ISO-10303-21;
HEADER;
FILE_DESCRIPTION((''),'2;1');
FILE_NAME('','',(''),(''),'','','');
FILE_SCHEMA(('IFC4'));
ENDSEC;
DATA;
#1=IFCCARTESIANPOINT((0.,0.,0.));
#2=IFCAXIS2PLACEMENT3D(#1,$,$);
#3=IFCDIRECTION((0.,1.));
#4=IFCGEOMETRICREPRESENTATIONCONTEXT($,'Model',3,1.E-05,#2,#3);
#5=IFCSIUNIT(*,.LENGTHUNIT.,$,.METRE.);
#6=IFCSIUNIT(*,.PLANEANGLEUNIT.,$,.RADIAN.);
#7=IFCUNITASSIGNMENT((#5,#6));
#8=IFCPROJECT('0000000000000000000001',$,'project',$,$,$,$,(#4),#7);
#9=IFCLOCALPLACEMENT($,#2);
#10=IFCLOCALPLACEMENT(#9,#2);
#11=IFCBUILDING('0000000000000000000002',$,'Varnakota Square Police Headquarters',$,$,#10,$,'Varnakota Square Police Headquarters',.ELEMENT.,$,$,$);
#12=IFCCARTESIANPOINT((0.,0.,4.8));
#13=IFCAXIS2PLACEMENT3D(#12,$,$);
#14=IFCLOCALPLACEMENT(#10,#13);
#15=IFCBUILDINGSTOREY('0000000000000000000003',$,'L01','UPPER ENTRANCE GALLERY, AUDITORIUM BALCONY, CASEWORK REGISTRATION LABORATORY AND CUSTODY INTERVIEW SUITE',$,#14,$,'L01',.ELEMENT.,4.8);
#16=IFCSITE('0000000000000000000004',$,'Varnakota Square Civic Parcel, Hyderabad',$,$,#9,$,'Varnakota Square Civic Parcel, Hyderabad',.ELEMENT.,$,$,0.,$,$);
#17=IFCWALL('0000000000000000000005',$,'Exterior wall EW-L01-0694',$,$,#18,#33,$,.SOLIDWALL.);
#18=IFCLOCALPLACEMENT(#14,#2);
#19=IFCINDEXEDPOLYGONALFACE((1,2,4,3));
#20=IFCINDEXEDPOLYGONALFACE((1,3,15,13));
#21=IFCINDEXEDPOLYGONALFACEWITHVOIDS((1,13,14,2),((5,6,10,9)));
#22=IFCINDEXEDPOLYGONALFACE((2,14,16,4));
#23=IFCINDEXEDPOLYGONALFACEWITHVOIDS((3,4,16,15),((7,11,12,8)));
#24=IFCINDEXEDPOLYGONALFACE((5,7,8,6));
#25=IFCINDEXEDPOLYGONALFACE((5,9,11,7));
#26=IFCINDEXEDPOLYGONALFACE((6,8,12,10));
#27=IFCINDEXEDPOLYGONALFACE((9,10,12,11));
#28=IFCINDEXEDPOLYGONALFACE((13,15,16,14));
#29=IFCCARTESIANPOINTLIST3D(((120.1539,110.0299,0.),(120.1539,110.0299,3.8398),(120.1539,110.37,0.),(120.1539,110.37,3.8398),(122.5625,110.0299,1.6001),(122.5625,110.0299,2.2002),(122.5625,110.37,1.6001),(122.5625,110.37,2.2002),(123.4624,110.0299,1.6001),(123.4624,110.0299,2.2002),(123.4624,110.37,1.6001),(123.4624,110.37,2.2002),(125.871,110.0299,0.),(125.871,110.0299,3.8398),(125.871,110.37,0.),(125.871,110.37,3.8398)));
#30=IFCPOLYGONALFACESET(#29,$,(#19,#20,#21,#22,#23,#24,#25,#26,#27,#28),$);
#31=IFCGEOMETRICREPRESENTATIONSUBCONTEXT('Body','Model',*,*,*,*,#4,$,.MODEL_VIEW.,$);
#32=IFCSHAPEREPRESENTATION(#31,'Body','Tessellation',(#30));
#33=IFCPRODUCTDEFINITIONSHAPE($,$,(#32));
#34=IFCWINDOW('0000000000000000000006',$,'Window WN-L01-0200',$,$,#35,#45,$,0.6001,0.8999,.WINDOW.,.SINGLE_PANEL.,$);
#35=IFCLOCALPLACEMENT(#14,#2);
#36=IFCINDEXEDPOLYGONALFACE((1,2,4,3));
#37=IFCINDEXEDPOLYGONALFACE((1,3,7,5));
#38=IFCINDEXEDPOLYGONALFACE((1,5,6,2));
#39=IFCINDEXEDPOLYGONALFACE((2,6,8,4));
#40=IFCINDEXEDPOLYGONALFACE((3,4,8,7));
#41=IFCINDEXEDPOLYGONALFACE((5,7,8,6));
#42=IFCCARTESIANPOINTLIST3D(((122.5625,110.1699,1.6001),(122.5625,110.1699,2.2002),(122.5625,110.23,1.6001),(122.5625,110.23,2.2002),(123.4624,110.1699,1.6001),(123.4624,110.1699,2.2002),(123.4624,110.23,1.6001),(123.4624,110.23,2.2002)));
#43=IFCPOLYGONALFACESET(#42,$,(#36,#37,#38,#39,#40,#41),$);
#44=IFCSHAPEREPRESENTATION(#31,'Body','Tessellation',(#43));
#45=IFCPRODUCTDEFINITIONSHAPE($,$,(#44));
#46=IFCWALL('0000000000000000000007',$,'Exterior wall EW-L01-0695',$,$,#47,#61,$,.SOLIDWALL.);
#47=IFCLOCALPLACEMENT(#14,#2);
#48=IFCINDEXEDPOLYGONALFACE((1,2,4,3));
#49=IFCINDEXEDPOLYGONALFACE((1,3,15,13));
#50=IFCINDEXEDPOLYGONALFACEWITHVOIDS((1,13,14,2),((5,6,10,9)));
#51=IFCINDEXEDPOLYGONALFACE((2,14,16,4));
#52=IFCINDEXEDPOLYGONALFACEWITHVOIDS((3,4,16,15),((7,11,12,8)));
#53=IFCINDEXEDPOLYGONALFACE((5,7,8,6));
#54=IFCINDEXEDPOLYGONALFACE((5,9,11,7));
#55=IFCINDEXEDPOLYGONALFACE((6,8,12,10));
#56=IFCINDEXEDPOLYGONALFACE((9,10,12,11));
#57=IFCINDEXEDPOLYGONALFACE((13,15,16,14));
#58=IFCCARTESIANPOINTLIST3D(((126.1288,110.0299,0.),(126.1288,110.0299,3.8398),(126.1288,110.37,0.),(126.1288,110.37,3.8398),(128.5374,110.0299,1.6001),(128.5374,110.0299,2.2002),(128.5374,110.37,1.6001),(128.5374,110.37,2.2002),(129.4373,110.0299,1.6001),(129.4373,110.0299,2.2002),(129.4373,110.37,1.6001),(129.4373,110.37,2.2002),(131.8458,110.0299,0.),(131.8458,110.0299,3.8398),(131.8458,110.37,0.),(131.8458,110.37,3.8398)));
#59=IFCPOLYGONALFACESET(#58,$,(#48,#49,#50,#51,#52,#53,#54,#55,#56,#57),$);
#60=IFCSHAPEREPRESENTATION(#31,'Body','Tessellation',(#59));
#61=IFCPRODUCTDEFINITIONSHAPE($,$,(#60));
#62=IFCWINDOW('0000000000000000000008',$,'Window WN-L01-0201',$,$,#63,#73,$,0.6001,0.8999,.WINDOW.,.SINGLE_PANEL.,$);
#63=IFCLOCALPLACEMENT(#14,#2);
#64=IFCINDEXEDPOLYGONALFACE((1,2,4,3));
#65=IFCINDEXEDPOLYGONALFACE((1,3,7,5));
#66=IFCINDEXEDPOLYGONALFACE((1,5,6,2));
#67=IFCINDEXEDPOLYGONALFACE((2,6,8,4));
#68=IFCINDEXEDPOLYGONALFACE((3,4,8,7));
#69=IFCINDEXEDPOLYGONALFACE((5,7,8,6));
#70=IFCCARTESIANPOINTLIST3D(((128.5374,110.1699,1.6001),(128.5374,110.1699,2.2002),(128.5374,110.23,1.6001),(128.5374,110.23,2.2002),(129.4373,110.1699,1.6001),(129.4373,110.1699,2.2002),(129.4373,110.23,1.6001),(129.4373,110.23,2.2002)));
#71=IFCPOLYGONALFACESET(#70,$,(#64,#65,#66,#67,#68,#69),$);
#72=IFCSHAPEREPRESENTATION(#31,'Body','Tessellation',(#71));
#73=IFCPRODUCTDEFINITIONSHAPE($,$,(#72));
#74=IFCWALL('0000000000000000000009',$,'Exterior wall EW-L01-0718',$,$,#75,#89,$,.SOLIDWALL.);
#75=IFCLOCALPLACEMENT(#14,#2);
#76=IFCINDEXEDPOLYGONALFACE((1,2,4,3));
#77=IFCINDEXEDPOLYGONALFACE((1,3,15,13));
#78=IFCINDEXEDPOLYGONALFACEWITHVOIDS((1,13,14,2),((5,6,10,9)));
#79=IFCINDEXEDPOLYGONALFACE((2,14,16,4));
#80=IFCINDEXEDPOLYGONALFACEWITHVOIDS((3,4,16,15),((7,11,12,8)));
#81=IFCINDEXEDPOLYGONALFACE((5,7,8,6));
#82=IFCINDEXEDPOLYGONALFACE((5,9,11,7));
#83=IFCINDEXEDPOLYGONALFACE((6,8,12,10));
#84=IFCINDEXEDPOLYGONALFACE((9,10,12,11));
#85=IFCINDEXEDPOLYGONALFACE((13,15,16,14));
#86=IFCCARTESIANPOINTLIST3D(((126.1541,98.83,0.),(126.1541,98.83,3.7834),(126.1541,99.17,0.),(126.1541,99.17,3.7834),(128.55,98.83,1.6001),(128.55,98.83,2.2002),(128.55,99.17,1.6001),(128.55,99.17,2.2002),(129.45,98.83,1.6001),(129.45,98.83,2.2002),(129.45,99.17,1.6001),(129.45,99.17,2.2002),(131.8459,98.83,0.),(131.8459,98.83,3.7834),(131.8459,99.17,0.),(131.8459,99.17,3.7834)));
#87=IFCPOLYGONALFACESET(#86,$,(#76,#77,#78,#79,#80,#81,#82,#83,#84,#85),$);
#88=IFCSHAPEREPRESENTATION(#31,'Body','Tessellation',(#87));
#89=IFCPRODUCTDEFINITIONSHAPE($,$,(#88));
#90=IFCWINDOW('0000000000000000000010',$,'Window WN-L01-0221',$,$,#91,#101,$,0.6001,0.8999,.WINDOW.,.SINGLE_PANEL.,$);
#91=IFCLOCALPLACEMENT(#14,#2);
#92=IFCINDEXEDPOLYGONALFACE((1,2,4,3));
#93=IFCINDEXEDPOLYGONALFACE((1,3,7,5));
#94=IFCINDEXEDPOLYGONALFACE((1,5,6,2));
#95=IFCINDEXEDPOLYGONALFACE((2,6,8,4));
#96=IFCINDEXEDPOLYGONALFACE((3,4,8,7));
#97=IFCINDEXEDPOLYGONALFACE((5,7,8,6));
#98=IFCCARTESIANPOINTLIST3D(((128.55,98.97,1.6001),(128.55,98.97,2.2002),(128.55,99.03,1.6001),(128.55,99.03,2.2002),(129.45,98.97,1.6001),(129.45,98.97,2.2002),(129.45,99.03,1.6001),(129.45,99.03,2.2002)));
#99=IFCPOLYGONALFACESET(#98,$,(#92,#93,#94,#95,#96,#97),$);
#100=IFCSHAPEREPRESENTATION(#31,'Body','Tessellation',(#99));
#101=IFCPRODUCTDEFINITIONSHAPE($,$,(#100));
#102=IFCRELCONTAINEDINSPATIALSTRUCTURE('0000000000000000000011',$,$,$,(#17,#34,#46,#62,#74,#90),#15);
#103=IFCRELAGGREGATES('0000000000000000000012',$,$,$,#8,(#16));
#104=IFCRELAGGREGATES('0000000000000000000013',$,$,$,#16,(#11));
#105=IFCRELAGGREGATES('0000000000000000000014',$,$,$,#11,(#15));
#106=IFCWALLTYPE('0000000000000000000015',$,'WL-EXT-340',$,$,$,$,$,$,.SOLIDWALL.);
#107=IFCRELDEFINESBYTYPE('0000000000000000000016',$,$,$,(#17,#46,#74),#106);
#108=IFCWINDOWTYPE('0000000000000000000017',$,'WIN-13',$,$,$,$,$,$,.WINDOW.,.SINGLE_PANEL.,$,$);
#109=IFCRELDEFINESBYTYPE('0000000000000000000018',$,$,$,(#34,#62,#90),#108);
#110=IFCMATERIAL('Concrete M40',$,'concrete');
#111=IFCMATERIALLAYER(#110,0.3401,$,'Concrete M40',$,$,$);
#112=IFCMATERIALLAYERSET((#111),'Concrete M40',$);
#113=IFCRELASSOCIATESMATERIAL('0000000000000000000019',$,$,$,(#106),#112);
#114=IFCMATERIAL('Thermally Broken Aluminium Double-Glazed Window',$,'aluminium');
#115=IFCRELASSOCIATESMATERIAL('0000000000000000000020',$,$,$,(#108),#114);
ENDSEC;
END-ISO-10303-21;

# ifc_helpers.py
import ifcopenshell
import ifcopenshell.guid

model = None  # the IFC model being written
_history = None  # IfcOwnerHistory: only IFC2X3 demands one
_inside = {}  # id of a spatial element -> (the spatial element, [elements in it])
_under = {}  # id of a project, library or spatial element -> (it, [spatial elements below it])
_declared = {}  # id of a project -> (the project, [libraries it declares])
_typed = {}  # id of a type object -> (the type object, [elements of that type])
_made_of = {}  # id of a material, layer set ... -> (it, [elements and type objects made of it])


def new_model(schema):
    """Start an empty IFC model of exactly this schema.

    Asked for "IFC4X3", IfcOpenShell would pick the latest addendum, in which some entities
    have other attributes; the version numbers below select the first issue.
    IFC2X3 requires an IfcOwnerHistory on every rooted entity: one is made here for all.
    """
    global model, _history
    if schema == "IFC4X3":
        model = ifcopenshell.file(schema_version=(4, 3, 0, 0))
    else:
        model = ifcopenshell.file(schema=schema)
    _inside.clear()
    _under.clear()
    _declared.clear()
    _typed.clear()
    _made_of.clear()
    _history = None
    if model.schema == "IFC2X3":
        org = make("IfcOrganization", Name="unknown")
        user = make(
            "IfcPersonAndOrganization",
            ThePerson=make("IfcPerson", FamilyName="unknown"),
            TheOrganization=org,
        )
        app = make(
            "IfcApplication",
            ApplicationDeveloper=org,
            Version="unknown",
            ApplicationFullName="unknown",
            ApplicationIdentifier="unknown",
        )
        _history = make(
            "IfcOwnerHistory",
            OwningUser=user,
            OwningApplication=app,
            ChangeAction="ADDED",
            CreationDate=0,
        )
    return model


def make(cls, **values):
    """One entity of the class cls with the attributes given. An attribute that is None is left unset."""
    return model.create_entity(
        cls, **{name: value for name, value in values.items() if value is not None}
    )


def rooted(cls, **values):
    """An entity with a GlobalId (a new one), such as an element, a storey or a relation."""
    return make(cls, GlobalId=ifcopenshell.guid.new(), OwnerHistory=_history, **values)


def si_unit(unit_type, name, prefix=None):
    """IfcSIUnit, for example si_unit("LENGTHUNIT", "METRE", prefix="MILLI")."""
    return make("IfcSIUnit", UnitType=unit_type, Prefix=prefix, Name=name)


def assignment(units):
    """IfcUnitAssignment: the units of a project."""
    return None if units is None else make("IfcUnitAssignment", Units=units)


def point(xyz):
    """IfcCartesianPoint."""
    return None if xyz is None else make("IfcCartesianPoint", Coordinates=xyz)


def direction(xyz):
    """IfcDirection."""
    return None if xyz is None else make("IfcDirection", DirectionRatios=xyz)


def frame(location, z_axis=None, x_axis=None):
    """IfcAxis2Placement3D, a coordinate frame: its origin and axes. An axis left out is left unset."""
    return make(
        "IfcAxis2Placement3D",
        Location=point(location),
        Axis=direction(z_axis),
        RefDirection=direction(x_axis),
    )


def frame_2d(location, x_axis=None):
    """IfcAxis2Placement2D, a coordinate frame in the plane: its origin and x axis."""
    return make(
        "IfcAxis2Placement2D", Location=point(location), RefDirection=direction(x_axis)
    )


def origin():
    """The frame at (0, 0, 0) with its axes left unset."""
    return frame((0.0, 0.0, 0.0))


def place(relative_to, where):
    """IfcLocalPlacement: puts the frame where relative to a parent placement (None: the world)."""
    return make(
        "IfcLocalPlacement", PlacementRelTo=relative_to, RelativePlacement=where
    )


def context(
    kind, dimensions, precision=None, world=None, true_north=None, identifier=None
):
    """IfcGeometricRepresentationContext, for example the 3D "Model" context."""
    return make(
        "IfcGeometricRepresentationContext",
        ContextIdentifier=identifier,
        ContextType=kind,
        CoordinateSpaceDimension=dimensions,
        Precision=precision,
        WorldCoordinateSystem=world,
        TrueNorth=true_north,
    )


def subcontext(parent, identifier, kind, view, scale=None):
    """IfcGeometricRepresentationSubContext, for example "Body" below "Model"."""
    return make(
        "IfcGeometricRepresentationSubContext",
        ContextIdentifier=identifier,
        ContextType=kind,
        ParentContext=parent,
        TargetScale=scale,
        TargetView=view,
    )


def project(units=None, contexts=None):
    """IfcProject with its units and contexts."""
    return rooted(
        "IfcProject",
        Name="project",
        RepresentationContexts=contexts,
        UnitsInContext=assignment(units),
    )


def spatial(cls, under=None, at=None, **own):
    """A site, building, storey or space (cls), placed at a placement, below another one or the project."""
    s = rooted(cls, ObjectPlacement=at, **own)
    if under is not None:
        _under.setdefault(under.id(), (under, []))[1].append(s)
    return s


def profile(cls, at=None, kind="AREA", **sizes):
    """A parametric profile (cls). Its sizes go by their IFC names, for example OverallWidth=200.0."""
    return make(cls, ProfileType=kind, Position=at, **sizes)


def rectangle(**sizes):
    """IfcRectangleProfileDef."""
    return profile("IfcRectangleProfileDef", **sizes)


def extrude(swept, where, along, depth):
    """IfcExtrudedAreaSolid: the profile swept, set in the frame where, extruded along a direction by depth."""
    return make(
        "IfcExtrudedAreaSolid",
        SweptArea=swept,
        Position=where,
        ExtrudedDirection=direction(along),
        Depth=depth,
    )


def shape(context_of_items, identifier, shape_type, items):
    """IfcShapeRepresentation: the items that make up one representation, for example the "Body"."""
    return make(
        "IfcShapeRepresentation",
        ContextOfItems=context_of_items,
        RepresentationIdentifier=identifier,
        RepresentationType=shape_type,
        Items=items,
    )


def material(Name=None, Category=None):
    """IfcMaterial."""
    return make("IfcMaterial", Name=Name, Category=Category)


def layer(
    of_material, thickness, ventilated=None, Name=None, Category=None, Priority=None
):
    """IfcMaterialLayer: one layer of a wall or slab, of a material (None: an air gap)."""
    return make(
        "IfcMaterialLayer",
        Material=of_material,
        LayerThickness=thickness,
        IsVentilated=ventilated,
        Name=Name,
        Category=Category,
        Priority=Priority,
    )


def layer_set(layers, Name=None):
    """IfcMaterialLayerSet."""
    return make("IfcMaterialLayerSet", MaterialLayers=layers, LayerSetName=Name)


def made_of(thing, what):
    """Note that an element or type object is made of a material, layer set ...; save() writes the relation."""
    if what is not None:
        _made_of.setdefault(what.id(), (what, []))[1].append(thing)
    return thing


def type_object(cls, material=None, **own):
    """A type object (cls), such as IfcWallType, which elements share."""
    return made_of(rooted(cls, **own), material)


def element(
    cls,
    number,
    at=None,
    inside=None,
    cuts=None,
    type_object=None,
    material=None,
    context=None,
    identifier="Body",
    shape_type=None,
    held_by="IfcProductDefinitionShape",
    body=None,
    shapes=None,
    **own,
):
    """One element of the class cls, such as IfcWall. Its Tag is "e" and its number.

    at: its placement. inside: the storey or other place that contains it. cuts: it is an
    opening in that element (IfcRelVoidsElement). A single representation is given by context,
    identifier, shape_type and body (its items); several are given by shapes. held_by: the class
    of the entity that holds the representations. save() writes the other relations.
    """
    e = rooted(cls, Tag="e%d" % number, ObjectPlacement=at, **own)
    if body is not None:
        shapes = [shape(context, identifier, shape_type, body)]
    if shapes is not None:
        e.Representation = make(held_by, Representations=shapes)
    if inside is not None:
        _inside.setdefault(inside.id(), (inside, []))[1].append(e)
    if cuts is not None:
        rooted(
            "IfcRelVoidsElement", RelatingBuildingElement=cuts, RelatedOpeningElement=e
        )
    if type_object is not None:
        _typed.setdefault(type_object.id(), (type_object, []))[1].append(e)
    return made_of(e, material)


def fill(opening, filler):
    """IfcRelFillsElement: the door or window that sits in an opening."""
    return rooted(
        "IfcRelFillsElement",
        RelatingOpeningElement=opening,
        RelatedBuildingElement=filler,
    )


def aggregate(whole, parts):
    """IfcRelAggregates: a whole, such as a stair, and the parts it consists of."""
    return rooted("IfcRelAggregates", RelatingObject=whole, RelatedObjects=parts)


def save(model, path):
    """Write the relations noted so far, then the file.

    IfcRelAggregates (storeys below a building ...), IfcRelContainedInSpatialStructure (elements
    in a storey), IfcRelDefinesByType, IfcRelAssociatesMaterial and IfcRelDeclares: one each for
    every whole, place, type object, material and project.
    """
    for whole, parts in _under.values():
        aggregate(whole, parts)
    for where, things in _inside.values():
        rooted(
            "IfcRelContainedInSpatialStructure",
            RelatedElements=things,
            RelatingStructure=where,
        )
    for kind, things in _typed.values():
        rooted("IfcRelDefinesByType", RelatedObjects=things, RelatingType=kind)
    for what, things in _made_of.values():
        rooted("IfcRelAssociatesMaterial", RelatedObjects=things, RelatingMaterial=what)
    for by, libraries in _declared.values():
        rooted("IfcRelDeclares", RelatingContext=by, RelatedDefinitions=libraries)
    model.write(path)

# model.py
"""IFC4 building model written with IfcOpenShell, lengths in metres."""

from ifc_helpers import new_model, si_unit, direction, frame, frame_2d, origin, place, context, subcontext, project, spatial, rectangle, extrude, material, layer, layer_set, type_object, element, fill, save


model = new_model("IFC4")

# Units and contexts
model_context = context("Model", 3, precision=1e-05, world=origin(), true_north=direction((0.0, 1.0)))
body_context = subcontext(model_context, "Body", "Model", "MODEL_VIEW")
ifc_project = project(units=[si_unit("LENGTHUNIT", "METRE"), si_unit("PLANEANGLEUNIT", "RADIAN")], contexts=[model_context])

# Site, building, storey
site_placement = place(None, origin())
site = spatial("IfcSite", under=ifc_project, at=site_placement, Name="Varnakota Square Civic Parcel, Hyderabad", LongName="Varnakota Square Civic Parcel, Hyderabad", CompositionType="ELEMENT", RefElevation=0.0)
building_placement = place(site_placement, origin())
building = spatial("IfcBuilding", under=site, at=building_placement, Name="Varnakota Square Police Headquarters", LongName="Varnakota Square Police Headquarters", CompositionType="ELEMENT")
storey_placement = place(building_placement, frame((0.0, 0.0, 4.8)))
storey = spatial("IfcBuildingStorey", under=building, at=storey_placement, Name="L01", Description="UPPER ENTRANCE GALLERY, AUDITORIUM BALCONY, CASEWORK REGISTRATION LABORATORY AND CUSTODY INTERVIEW SUITE", LongName="L01", CompositionType="ELEMENT", Elevation=4.8)

# Walls, openings, windows
ifc_material_1 = material(Name="Concrete M40", Category="concrete")
ifc_layer = layer(ifc_material_1, 0.3401, Name="Concrete M40")
ifc_layer_set = layer_set([ifc_layer], Name="Concrete M40")
wall_type = type_object("IfcWallType", Name="WL-EXT-340", PredefinedType="SOLIDWALL", material=ifc_layer_set)
ifc_material_2 = material(Name="Thermally Broken Aluminium Double-Glazed Window", Category="aluminium")
window_type = type_object("IfcWindowType", Name="WIN-13", PartitioningType="SINGLE_PANEL", PredefinedType="WINDOW", material=ifc_material_2)
wall_1_placement = place(storey_placement, frame((120.1541, 110.2, 0.0), z_axis=(0.0, 0.0, 1.0), x_axis=(1.0, 0.0, 0.0)))
wall_1 = element("IfcWall", 1, at=wall_1_placement, inside=storey, type_object=wall_type, Name="Exterior wall EW-L01-0694", PredefinedType="SOLIDWALL", context=body_context, shape_type="SweptSolid", body=[
    extrude(rectangle(XDim=5.717, YDim=0.3401, at=frame_2d((2.8584, 0.0))), origin(), (0.0, 0.0, 1.0), 3.8398),
])
opening_1_placement = place(wall_1_placement, frame((2.4084, 0.0, 1.6001)))
opening_1 = element("IfcOpeningElement", 2, at=opening_1_placement, cuts=wall_1, PredefinedType="OPENING", context=body_context, shape_type="SweptSolid", body=[
    extrude(rectangle(XDim=0.8999, YDim=0.6001, at=frame_2d((0.45, 0.3))), frame((0.0, 0.1799, 0.0), z_axis=(0.0, -1.0, 0.0), x_axis=(1.0, 0.0, 0.0)), (0.0, 0.0, 1.0), 0.3601),
])
window_1_placement = place(opening_1_placement, origin())
window_1 = element("IfcWindow", 3, at=window_1_placement, inside=storey, type_object=window_type, Name="Window WN-L01-0200", OverallHeight=0.6001, OverallWidth=0.8999, PartitioningType="SINGLE_PANEL", PredefinedType="WINDOW", context=body_context, shape_type="SweptSolid", body=[
    extrude(rectangle(XDim=0.8999, YDim=0.6001, at=frame_2d((0.45, 0.3))), frame((0.0, 0.03, 0.0), z_axis=(0.0, -1.0, 0.0), x_axis=(1.0, 0.0, 0.0)), (0.0, 0.0, 1.0), 0.0601),
])
fill(opening_1, window_1)
wall_2_placement = place(storey_placement, frame((126.1289, 110.2, 0.0), z_axis=(0.0, 0.0, 1.0), x_axis=(1.0, 0.0, 0.0)))
wall_2 = element("IfcWall", 4, at=wall_2_placement, inside=storey, type_object=wall_type, Name="Exterior wall EW-L01-0695", PredefinedType="SOLIDWALL", context=body_context, shape_type="SweptSolid", body=[
    extrude(rectangle(XDim=5.717, YDim=0.3401, at=frame_2d((2.8584, 0.0))), origin(), (0.0, 0.0, 1.0), 3.8398),
])
opening_2_placement = place(wall_2_placement, frame((2.4084, 0.0, 1.6001)))
opening_2 = element("IfcOpeningElement", 5, at=opening_2_placement, cuts=wall_2, PredefinedType="OPENING", context=body_context, shape_type="SweptSolid", body=[
    extrude(rectangle(XDim=0.8999, YDim=0.6001, at=frame_2d((0.45, 0.3))), frame((0.0, 0.1799, 0.0), z_axis=(0.0, -1.0, 0.0), x_axis=(1.0, 0.0, 0.0)), (0.0, 0.0, 1.0), 0.3601),
])
window_2_placement = place(opening_2_placement, origin())
window_2 = element("IfcWindow", 6, at=window_2_placement, inside=storey, type_object=window_type, Name="Window WN-L01-0201", OverallHeight=0.6001, OverallWidth=0.8999, PartitioningType="SINGLE_PANEL", PredefinedType="WINDOW", context=body_context, shape_type="SweptSolid", body=[
    extrude(rectangle(XDim=0.8999, YDim=0.6001, at=frame_2d((0.45, 0.3))), frame((0.0, 0.03, 0.0), z_axis=(0.0, -1.0, 0.0), x_axis=(1.0, 0.0, 0.0)), (0.0, 0.0, 1.0), 0.0601),
])
fill(opening_2, window_2)
wall_3_placement = place(storey_placement, frame((126.1541, 99.0, 0.0), z_axis=(0.0, 0.0, 1.0), x_axis=(1.0, 0.0, 0.0)))
wall_3 = element("IfcWall", 7, at=wall_3_placement, inside=storey, type_object=wall_type, Name="Exterior wall EW-L01-0718", PredefinedType="SOLIDWALL", context=body_context, shape_type="SweptSolid", body=[
    extrude(rectangle(XDim=5.6919, YDim=0.3401, at=frame_2d((2.8459, 0.0))), origin(), (0.0, 0.0, 1.0), 3.7834),
])
opening_3_placement = place(wall_3_placement, frame((2.396, 0.0, 1.6001)))
opening_3 = element("IfcOpeningElement", 8, at=opening_3_placement, cuts=wall_3, PredefinedType="OPENING", context=body_context, shape_type="SweptSolid", body=[
    extrude(rectangle(XDim=0.8999, YDim=0.6001, at=frame_2d((0.45, 0.3))), frame((0.0, 0.1799, 0.0), z_axis=(0.0, -1.0, 0.0), x_axis=(1.0, 0.0, 0.0)), (0.0, 0.0, 1.0), 0.3601),
])
window_3_placement = place(opening_3_placement, origin())
window_3 = element("IfcWindow", 9, at=window_3_placement, inside=storey, type_object=window_type, Name="Window WN-L01-0221", OverallHeight=0.6001, OverallWidth=0.8999, PartitioningType="SINGLE_PANEL", PredefinedType="WINDOW", context=body_context, shape_type="SweptSolid", body=[
    extrude(rectangle(XDim=0.8999, YDim=0.6001, at=frame_2d((0.45, 0.3))), frame((0.0, 0.03, 0.0), z_axis=(0.0, -1.0, 0.0), x_axis=(1.0, 0.0, 0.0)), (0.0, 0.0, 1.0), 0.0601),
])
fill(opening_3, window_3)

save(model, "model.ifc")
